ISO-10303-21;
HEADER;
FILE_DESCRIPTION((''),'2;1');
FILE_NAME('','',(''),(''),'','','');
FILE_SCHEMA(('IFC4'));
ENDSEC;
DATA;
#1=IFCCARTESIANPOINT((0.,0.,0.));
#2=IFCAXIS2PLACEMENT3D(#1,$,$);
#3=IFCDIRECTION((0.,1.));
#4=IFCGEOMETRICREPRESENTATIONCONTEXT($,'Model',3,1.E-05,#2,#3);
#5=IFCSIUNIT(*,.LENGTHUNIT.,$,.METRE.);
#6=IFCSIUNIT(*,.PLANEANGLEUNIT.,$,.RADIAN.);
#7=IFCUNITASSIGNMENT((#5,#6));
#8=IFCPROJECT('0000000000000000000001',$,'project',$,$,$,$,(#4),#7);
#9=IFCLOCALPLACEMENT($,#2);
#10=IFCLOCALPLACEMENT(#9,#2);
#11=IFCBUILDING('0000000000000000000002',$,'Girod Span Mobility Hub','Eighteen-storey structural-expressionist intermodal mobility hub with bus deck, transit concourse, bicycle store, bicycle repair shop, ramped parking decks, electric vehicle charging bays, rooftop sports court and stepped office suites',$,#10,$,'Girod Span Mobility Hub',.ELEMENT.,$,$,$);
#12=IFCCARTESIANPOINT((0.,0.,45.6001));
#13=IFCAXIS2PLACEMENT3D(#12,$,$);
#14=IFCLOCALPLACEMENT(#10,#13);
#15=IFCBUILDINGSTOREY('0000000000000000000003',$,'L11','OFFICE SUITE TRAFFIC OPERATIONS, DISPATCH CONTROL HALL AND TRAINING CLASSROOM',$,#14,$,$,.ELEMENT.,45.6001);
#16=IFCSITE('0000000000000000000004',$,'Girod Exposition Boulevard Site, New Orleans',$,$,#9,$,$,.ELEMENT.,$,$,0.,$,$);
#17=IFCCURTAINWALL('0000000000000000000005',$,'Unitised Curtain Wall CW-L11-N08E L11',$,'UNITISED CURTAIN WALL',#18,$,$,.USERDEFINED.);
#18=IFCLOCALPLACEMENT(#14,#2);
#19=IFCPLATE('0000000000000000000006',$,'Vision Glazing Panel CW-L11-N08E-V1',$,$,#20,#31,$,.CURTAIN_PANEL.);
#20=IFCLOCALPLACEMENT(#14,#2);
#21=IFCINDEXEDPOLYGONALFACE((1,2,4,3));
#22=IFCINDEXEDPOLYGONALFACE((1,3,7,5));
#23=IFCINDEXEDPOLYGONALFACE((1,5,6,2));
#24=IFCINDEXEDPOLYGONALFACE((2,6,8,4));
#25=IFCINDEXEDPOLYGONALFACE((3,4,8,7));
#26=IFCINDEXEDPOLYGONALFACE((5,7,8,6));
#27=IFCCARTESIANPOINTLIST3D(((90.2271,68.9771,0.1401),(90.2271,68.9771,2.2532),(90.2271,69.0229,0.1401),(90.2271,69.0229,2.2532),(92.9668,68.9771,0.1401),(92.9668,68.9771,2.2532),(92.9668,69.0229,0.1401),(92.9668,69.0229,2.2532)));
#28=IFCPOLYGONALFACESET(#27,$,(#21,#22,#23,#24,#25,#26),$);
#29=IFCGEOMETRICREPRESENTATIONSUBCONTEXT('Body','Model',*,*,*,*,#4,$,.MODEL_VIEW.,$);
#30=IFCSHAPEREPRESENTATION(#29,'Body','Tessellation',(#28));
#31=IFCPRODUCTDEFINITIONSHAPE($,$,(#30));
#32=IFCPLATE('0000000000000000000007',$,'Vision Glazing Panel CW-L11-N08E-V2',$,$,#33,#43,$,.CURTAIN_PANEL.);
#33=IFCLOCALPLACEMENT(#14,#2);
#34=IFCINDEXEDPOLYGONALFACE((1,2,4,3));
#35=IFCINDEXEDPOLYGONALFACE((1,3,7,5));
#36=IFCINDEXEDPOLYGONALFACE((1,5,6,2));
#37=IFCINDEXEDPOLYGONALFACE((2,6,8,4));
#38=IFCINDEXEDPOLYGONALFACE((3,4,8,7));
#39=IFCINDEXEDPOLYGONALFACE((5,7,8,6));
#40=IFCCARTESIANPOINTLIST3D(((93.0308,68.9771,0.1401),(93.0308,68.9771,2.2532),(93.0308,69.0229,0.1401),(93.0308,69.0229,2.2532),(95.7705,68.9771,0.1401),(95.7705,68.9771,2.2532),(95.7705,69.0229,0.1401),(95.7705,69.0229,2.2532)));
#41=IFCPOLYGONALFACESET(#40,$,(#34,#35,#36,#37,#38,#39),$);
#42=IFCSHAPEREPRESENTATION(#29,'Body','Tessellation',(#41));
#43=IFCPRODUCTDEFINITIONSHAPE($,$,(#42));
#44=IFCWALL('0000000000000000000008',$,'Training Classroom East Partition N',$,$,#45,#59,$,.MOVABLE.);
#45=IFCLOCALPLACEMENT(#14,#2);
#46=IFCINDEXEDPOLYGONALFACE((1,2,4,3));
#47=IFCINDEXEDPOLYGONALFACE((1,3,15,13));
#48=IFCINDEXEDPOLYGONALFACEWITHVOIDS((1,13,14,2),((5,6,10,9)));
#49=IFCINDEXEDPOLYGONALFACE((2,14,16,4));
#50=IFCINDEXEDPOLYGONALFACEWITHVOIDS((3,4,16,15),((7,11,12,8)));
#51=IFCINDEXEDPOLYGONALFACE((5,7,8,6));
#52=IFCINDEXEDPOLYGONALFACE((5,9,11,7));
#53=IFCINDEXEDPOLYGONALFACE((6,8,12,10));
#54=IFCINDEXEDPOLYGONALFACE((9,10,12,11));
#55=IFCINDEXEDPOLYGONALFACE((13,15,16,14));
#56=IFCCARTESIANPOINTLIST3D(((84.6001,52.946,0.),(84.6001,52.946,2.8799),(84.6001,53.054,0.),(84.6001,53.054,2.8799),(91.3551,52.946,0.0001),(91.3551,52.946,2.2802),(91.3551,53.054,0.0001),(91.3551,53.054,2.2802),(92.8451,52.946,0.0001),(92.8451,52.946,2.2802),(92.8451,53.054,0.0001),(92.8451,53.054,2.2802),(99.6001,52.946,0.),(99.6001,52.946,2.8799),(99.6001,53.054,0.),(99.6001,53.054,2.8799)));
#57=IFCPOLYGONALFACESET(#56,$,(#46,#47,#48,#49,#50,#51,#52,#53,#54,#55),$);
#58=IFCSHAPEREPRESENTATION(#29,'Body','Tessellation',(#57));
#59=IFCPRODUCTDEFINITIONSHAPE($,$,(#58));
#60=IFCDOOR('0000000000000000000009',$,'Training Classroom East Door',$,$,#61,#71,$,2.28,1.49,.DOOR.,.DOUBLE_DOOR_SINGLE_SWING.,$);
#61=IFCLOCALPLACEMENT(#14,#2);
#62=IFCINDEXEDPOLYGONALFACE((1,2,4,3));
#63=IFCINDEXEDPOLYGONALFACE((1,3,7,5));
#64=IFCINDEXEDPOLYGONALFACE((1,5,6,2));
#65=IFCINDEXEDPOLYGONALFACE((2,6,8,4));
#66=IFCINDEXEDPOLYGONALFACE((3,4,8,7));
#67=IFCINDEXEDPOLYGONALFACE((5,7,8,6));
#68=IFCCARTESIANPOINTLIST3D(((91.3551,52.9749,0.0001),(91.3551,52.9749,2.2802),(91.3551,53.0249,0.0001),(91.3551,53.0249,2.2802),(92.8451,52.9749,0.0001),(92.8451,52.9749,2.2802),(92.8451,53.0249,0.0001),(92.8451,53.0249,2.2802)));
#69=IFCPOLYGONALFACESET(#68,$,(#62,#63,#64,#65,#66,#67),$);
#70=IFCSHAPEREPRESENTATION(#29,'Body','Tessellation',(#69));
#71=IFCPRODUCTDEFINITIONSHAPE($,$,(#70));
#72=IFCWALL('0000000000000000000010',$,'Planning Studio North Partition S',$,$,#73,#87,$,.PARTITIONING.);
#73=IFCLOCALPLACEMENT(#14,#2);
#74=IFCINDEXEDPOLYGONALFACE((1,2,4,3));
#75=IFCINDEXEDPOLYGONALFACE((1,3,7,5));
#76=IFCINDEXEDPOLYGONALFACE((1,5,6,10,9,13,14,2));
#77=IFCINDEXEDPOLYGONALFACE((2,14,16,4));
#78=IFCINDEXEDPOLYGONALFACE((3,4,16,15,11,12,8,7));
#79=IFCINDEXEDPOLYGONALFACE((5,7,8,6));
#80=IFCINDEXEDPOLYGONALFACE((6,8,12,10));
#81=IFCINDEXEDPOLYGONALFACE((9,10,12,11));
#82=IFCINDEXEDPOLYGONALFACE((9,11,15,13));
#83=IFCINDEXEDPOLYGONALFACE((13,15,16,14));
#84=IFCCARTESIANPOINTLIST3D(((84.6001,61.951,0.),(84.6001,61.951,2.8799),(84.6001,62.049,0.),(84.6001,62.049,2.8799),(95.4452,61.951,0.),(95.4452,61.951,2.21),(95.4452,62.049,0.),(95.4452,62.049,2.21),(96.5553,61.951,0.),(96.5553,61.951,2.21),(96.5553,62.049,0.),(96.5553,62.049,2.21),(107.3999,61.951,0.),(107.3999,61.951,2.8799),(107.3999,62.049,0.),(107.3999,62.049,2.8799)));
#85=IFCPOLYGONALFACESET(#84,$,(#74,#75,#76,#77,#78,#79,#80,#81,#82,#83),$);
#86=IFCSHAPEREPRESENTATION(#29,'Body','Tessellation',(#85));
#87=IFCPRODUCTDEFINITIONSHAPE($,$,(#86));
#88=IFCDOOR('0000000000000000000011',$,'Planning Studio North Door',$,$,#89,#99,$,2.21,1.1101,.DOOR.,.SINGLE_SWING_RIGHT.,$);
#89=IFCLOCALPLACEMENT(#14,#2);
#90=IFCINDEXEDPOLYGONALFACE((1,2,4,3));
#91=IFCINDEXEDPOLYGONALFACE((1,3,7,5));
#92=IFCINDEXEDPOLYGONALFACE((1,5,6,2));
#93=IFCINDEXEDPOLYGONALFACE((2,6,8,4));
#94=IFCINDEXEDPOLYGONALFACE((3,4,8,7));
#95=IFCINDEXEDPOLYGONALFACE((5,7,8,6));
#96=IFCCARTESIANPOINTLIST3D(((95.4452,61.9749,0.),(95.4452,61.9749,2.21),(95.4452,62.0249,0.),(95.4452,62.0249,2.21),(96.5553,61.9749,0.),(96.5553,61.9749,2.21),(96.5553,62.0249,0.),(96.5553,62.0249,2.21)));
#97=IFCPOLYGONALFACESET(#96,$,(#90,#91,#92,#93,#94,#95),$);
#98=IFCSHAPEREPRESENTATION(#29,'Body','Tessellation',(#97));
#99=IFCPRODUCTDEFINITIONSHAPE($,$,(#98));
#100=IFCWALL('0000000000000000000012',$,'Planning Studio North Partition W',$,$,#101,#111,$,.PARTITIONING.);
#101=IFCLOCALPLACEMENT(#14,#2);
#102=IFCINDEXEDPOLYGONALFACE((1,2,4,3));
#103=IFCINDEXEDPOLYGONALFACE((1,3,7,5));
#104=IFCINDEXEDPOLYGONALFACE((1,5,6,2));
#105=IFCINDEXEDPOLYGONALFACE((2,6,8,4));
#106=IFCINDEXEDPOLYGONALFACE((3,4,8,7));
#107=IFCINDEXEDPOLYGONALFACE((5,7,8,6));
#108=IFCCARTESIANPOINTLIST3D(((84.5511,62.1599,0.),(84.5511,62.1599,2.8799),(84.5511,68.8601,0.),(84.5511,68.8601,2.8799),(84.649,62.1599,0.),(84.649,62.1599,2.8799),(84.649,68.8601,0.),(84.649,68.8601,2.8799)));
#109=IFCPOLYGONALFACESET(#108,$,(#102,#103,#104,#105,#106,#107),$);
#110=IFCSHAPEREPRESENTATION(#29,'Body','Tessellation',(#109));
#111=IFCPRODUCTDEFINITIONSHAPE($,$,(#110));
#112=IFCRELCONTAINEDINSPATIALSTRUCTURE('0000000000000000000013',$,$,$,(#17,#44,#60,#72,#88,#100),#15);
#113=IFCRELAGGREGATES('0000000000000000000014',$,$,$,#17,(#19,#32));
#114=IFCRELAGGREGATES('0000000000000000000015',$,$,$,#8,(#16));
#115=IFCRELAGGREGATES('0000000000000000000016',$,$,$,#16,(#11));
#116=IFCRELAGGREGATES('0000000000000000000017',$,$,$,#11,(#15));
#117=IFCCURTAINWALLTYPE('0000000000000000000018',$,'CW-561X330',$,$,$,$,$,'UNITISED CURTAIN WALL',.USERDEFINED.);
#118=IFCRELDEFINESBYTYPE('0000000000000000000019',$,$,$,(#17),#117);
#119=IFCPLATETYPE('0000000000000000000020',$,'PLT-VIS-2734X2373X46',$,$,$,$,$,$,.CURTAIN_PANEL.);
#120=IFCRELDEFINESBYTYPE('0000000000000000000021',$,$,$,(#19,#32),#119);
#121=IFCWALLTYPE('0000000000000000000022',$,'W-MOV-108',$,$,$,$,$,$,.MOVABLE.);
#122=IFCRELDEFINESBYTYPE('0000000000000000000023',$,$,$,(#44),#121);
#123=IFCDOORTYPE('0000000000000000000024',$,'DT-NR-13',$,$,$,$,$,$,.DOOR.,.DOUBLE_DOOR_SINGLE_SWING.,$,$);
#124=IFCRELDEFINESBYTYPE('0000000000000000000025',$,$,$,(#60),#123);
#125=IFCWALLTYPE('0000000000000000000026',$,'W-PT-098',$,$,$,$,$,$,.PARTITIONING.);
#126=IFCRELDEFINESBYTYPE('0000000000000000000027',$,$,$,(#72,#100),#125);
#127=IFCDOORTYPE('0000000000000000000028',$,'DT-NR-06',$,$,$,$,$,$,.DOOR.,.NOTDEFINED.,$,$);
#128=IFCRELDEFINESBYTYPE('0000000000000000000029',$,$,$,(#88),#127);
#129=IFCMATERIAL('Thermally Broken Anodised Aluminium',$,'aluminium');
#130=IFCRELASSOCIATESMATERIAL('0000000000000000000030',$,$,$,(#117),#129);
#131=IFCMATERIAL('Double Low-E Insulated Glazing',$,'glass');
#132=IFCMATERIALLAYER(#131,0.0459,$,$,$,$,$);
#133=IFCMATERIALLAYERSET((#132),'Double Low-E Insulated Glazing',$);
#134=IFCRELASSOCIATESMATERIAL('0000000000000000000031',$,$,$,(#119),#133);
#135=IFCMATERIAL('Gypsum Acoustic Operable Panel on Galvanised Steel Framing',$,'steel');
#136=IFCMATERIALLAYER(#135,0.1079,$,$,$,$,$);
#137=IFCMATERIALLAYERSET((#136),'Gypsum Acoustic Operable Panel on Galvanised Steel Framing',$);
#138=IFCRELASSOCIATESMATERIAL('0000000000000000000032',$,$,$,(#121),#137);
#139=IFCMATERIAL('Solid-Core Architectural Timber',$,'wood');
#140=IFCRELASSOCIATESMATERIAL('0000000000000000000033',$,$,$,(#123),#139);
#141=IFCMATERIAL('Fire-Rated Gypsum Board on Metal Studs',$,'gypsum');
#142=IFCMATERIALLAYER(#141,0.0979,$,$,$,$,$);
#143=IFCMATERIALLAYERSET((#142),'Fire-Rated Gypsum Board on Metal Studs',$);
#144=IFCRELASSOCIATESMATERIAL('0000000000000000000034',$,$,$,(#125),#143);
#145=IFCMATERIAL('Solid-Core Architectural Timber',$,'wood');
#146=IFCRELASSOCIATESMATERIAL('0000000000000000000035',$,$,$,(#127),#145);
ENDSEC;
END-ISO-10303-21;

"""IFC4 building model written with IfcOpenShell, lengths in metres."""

from ifc_helpers import new_model, si_unit, direction, frame, frame_2d, origin, origin_2d, place, context, subcontext, project, spatial, rectangle, extrude, material, layer, layer_set, type_object, element, fill, aggregate, save


model = new_model("IFC4")

# Units and contexts
model_context = context("Model", 3, precision=1e-05, world=origin(), true_north=direction((0.0, 1.0)))
body_context = subcontext(model_context, "Body", "Model", "MODEL_VIEW")
ifc_project = project(units=[si_unit("LENGTHUNIT", "METRE"), si_unit("PLANEANGLEUNIT", "RADIAN")], contexts=[model_context])

# Site, building, storey
site_placement = place(None, origin())
site = spatial("IfcSite", under=ifc_project, at=site_placement, Name="Girod Exposition Boulevard Site, New Orleans", CompositionType="ELEMENT", RefElevation=0.0)
building_placement = place(site_placement, origin())
building = spatial("IfcBuilding", under=site, at=building_placement, Name="Girod Span Mobility Hub", Description="Eighteen-storey structural-expressionist intermodal mobility hub with bus deck, transit concourse, bicycle store, bicycle repair shop, ramped parking decks, electric vehicle charging bays, rooftop sports court and stepped office suites", LongName="Girod Span Mobility Hub", CompositionType="ELEMENT")
storey_placement = place(building_placement, frame((0.0, 0.0, 45.6001)))
storey = spatial("IfcBuildingStorey", under=building, at=storey_placement, Name="L11", Description="OFFICE SUITE TRAFFIC OPERATIONS, DISPATCH CONTROL HALL AND TRAINING CLASSROOM", CompositionType="ELEMENT", Elevation=45.6001)

# Curtain wall
ifc_material_1 = material(Name="Thermally Broken Anodised Aluminium", Category="aluminium")
curtain_wall_type = type_object("IfcCurtainWallType", Name="CW-561X330", ElementType="UNITISED CURTAIN WALL", PredefinedType="USERDEFINED", material=ifc_material_1)
curtain_wall_1_placement = place(storey_placement, origin())
curtain_wall_1 = element("IfcCurtainWall", 1, at=curtain_wall_1_placement, inside=storey, type_object=curtain_wall_type, Name="Unitised Curtain Wall CW-L11-N08E L11", ObjectType="UNITISED CURTAIN WALL", PredefinedType="USERDEFINED")

# Plates
ifc_material_2 = material(Name="Double Low-E Insulated Glazing", Category="glass")
ifc_layer_1 = layer(ifc_material_2, 0.0459)
ifc_layer_set_1 = layer_set([ifc_layer_1], Name="Double Low-E Insulated Glazing")
plate_type_1 = type_object("IfcPlateType", Name="PLT-VIS-2734X2373X46", PredefinedType="CURTAIN_PANEL", material=ifc_layer_set_1)
plate_1_placement = place(storey_placement, frame((91.5969, 69.0, 0.1401), z_axis=(0.0, 0.0, 1.0), x_axis=(1.0, 0.0, 0.0)))
plate_1 = element("IfcPlate", 2, at=plate_1_placement, type_object=plate_type_1, Name="Vision Glazing Panel CW-L11-N08E-V1", PredefinedType="CURTAIN_PANEL", context=body_context, shape_type="SweptSolid", body=[
    extrude(rectangle(XDim=2.7397, YDim=0.0459, at=origin_2d()), origin(), (0.0, 0.0, 1.0), 2.113),
])
plate_2_placement = place(storey_placement, frame((94.4006, 69.0, 0.1401), z_axis=(0.0, 0.0, 1.0), x_axis=(1.0, 0.0, 0.0)))
plate_2 = element("IfcPlate", 3, at=plate_2_placement, type_object=plate_type_1, Name="Vision Glazing Panel CW-L11-N08E-V2", PredefinedType="CURTAIN_PANEL", context=body_context, shape_type="SweptSolid", body=[
    extrude(rectangle(XDim=2.7397, YDim=0.0459, at=origin_2d()), origin(), (0.0, 0.0, 1.0), 2.113),
])
aggregate(curtain_wall_1, [plate_1, plate_2])

# Walls, openings, doors
ifc_material_3 = material(Name="Gypsum Acoustic Operable Panel on Galvanised Steel Framing", Category="steel")
ifc_layer_2 = layer(ifc_material_3, 0.1079)
ifc_layer_set_2 = layer_set([ifc_layer_2], Name="Gypsum Acoustic Operable Panel on Galvanised Steel Framing")
wall_type_1 = type_object("IfcWallType", Name="W-MOV-108", PredefinedType="MOVABLE", material=ifc_layer_set_2)
wall_1_placement = place(storey_placement, frame((84.6001, 53.0, 0.0), z_axis=(0.0, 0.0, 1.0), x_axis=(1.0, 0.0, 0.0)))
wall_1 = element("IfcWall", 4, at=wall_1_placement, inside=storey, type_object=wall_type_1, Name="Training Classroom East Partition N", PredefinedType="MOVABLE", context=body_context, shape_type="SweptSolid", body=[
    extrude(rectangle(XDim=15.0, YDim=0.1079, at=frame_2d((7.5, 0.0))), origin(), (0.0, 0.0, 1.0), 2.8799),
])
opening_1_placement = place(wall_1_placement, frame((6.7549, 0.0, 0.0)))
opening_1 = element("IfcOpeningElement", 5, at=opening_1_placement, cuts=wall_1, PredefinedType="OPENING", context=body_context, shape_type="SweptSolid", body=[
    extrude(rectangle(XDim=1.49, YDim=2.28, at=frame_2d((0.7451, 1.1401))), frame((0.0, 0.0688, 0.0), z_axis=(0.0, -1.0, 0.0), x_axis=(1.0, 0.0, 0.0)), (0.0, 0.0, 1.0), 0.1379),
])
ifc_material_4 = material(Name="Solid-Core Architectural Timber", Category="wood")
door_type_1 = type_object("IfcDoorType", Name="DT-NR-13", OperationType="DOUBLE_DOOR_SINGLE_SWING", PredefinedType="DOOR", material=ifc_material_4)
door_1_placement = place(opening_1_placement, origin())
door_1 = element("IfcDoor", 6, at=door_1_placement, inside=storey, type_object=door_type_1, Name="Training Classroom East Door", OperationType="DOUBLE_DOOR_SINGLE_SWING", OverallHeight=2.28, OverallWidth=1.49, PredefinedType="DOOR", context=body_context, shape_type="SweptSolid", body=[
    extrude(rectangle(XDim=1.49, YDim=2.28, at=frame_2d((0.7451, 1.1401))), frame((0.0, 0.0249, 0.0), z_axis=(0.0, -1.0, 0.0), x_axis=(1.0, 0.0, 0.0)), (0.0, 0.0, 1.0), 0.05),
])
fill(opening_1, door_1)
ifc_material_5 = material(Name="Fire-Rated Gypsum Board on Metal Studs", Category="gypsum")
ifc_layer_3 = layer(ifc_material_5, 0.0979)
ifc_layer_set_3 = layer_set([ifc_layer_3], Name="Fire-Rated Gypsum Board on Metal Studs")
wall_type_2 = type_object("IfcWallType", Name="W-PT-098", PredefinedType="PARTITIONING", material=ifc_layer_set_3)
wall_2_placement = place(storey_placement, frame((84.6001, 62.0, 0.0), z_axis=(0.0, 0.0, 1.0), x_axis=(1.0, 0.0, 0.0)))
wall_2 = element("IfcWall", 7, at=wall_2_placement, inside=storey, type_object=wall_type_2, Name="Planning Studio North Partition S", PredefinedType="PARTITIONING", context=body_context, shape_type="SweptSolid", body=[
    extrude(rectangle(XDim=22.7998, YDim=0.0979, at=frame_2d((11.3999, 0.0))), origin(), (0.0, 0.0, 1.0), 2.8799),
])
opening_2_placement = place(wall_2_placement, frame((10.845, 0.0, 0.0)))
opening_2 = element("IfcOpeningElement", 8, at=opening_2_placement, cuts=wall_2, PredefinedType="OPENING", context=body_context, shape_type="SweptSolid", body=[
    extrude(rectangle(XDim=1.1101, YDim=2.21, at=frame_2d((0.5552, 1.105))), frame((0.0, 0.064, 0.0), z_axis=(0.0, -1.0, 0.0), x_axis=(1.0, 0.0, 0.0)), (0.0, 0.0, 1.0), 0.1279),
])
ifc_material_6 = material(Name="Solid-Core Architectural Timber", Category="wood")
door_type_2 = type_object("IfcDoorType", Name="DT-NR-06", OperationType="NOTDEFINED", PredefinedType="DOOR", material=ifc_material_6)
door_2_placement = place(opening_2_placement, origin())
door_2 = element("IfcDoor", 9, at=door_2_placement, inside=storey, type_object=door_type_2, Name="Planning Studio North Door", OperationType="SINGLE_SWING_RIGHT", OverallHeight=2.21, OverallWidth=1.1101, PredefinedType="DOOR", context=body_context, shape_type="SweptSolid", body=[
    extrude(rectangle(XDim=1.1101, YDim=2.21, at=frame_2d((0.5552, 1.105))), frame((0.0, 0.0249, 0.0), z_axis=(0.0, -1.0, 0.0), x_axis=(1.0, 0.0, 0.0)), (0.0, 0.0, 1.0), 0.05),
])
fill(opening_2, door_2)

# Wall
wall_3_placement = place(storey_placement, frame((84.6001, 62.1599, 0.0), z_axis=(0.0, 0.0, 1.0), x_axis=(0.0, 1.0, 0.0)))
element("IfcWall", 10, at=wall_3_placement, inside=storey, type_object=wall_type_2, Name="Planning Studio North Partition W", PredefinedType="PARTITIONING", context=body_context, shape_type="SweptSolid", body=[
    extrude(rectangle(XDim=6.7002, YDim=0.0979, at=frame_2d((3.3501, 0.0))), origin(), (0.0, 0.0, 1.0), 2.8799),
])

save(model, "model.ifc")
